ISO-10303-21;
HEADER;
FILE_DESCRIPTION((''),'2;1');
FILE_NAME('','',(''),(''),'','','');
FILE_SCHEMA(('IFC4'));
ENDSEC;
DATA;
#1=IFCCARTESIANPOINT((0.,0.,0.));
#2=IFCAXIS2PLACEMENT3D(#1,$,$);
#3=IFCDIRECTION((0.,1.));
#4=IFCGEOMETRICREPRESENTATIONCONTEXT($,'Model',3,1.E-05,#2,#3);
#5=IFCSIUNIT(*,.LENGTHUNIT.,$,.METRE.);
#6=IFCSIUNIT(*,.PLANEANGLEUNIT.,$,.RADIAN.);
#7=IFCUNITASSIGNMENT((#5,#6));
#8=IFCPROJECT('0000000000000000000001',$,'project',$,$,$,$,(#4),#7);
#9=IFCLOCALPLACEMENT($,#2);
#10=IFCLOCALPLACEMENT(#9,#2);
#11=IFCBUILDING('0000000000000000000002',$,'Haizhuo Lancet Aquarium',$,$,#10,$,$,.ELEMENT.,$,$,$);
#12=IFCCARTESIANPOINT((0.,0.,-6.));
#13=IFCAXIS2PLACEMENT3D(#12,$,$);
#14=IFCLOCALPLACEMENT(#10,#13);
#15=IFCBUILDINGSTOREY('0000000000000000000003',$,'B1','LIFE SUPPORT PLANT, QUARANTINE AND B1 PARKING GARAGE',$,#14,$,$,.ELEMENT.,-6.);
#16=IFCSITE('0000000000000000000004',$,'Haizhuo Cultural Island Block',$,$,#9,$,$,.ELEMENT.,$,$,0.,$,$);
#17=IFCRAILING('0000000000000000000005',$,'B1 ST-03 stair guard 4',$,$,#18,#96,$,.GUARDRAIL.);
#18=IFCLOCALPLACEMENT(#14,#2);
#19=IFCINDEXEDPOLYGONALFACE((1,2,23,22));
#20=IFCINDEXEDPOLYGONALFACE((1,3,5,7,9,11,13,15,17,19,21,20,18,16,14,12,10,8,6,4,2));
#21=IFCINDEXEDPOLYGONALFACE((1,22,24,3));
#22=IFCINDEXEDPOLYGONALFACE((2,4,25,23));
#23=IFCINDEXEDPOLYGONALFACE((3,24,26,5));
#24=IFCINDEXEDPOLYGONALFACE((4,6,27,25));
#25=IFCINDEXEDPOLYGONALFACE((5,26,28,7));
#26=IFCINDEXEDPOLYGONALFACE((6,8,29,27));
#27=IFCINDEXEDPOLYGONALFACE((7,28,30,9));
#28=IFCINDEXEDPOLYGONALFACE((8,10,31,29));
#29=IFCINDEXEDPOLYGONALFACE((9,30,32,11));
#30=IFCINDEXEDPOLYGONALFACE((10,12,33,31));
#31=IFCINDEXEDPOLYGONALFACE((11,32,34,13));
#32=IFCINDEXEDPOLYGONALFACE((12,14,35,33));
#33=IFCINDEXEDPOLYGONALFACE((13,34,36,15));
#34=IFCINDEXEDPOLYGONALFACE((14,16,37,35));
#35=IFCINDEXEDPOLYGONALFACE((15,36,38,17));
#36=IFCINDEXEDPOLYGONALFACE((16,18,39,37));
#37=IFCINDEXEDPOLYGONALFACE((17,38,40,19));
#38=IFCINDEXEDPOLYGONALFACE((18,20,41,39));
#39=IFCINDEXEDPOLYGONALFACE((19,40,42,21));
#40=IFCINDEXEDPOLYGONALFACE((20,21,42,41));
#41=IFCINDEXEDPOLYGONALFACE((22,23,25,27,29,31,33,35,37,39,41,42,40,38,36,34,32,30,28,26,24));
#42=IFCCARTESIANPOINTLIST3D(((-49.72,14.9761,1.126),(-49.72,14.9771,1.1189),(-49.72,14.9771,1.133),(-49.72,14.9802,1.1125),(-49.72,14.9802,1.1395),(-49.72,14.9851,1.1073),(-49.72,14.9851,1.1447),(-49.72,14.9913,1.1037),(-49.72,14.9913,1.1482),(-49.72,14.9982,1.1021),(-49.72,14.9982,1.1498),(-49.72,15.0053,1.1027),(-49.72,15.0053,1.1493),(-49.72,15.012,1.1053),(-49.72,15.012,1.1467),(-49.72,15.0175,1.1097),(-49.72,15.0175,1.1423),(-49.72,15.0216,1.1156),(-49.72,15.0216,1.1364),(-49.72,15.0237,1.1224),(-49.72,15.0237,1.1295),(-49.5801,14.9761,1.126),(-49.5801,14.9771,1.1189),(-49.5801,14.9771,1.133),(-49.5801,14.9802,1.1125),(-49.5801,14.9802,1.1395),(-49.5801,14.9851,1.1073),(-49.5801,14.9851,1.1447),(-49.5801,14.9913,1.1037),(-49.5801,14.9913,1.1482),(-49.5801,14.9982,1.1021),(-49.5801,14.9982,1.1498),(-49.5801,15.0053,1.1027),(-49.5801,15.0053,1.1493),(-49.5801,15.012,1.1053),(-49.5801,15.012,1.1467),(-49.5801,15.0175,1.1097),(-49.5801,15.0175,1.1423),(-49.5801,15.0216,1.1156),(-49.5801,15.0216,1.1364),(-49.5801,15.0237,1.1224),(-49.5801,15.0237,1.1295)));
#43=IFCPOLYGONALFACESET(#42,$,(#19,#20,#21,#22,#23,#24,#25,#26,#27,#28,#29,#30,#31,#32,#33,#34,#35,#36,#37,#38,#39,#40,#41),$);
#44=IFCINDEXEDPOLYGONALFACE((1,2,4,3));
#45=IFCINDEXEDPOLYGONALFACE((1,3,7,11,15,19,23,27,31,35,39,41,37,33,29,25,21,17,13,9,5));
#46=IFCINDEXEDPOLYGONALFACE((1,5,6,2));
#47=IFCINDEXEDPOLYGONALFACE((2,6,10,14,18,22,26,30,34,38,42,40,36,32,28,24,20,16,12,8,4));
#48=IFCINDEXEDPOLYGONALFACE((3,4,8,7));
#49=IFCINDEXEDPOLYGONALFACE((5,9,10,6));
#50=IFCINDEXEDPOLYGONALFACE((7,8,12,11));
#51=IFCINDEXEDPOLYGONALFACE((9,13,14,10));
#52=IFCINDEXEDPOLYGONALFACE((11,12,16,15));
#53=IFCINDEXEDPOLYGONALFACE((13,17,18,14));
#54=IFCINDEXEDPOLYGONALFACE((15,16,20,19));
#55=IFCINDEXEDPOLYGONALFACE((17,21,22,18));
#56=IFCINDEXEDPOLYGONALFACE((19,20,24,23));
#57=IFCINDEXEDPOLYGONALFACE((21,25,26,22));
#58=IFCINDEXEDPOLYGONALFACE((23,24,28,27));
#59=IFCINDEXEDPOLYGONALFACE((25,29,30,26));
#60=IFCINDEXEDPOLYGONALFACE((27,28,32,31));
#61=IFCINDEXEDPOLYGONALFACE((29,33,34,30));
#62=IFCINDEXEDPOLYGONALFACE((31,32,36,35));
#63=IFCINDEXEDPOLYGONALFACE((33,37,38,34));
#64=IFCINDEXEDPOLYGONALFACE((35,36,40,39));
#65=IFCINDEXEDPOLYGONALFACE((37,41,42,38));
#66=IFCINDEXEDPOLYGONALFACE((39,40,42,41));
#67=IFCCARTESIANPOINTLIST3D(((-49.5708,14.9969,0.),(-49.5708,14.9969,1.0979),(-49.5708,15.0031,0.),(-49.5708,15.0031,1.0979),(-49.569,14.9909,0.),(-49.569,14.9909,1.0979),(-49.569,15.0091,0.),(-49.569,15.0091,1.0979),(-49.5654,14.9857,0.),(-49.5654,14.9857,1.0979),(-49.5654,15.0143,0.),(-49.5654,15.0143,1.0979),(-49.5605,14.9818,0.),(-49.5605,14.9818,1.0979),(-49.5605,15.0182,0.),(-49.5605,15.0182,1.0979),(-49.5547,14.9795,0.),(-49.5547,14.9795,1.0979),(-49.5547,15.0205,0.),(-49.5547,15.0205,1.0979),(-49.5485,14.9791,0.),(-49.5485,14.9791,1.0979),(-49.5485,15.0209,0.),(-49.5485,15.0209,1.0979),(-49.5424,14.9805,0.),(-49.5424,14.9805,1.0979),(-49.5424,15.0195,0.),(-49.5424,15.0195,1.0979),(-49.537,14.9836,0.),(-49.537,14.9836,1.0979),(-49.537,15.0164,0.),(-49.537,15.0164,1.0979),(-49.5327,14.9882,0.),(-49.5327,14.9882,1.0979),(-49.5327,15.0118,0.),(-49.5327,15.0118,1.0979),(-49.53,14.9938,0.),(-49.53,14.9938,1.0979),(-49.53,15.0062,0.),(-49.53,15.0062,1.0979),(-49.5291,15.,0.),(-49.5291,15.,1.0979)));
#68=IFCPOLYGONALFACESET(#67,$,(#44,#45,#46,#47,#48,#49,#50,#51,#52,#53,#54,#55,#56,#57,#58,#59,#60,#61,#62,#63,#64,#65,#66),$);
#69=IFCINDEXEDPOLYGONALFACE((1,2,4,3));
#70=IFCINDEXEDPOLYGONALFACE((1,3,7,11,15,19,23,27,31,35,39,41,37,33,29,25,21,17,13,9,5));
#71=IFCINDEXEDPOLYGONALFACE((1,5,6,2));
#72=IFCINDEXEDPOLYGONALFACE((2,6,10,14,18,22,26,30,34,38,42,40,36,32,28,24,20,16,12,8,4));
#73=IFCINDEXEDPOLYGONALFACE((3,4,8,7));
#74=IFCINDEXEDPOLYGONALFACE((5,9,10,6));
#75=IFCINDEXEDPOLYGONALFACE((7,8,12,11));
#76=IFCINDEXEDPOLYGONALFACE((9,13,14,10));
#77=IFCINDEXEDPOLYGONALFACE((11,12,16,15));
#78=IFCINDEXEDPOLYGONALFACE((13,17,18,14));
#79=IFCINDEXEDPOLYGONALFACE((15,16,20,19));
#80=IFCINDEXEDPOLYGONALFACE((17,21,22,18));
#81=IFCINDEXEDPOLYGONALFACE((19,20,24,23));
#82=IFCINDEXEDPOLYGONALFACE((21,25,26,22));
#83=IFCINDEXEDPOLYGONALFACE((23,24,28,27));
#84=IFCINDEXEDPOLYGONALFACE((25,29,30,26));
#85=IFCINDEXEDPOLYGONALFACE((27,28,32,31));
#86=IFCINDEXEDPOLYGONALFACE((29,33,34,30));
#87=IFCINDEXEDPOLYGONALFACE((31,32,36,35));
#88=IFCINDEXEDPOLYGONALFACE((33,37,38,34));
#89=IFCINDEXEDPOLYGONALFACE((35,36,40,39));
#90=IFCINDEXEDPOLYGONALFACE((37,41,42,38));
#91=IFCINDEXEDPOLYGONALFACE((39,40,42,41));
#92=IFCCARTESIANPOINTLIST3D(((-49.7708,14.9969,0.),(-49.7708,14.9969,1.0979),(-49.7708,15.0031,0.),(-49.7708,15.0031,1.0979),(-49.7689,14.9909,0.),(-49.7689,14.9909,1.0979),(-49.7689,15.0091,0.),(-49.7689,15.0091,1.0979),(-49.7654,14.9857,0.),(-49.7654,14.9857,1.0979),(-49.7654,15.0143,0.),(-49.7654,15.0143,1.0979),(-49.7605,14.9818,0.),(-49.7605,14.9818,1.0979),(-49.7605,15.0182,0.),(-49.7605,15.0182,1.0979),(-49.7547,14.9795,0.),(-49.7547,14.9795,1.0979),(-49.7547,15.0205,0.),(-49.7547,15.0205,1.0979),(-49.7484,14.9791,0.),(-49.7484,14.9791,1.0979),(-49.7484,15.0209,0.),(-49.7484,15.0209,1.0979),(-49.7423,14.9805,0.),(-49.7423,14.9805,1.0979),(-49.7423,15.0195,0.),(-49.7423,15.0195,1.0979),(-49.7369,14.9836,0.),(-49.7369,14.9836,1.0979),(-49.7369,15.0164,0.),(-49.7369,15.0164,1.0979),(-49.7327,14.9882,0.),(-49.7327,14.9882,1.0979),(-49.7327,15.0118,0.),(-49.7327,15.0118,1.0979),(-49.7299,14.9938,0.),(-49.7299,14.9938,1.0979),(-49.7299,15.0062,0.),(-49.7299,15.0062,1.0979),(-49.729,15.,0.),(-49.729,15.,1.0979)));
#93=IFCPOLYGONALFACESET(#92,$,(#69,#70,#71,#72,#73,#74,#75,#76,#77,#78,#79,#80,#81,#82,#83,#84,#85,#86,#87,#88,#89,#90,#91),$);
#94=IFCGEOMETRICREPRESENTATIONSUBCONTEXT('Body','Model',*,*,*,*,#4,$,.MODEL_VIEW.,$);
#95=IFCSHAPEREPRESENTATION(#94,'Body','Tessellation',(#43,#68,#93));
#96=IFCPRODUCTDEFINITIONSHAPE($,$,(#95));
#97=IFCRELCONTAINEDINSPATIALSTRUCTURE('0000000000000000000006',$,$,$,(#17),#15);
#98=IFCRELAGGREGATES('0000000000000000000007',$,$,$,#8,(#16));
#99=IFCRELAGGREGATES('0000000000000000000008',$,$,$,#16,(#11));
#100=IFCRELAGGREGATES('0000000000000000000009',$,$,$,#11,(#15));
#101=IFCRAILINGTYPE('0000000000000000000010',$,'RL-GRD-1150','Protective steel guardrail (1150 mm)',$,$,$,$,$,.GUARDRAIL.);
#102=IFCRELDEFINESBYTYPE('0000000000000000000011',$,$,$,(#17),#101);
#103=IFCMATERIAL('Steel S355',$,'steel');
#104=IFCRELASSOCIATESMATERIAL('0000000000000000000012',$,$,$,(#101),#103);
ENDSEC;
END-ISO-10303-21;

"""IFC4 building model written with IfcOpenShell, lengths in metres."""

from ifc_helpers import new_model, si_unit, direction, frame, origin, origin_2d, place, context, subcontext, project, spatial, circle, extrude, material, type_object, element, save


model = new_model("IFC4")

# Units and contexts
model_context = context("Model", 3, precision=1e-05, world=origin(), true_north=direction((0.0, 1.0)))
body_context = subcontext(model_context, "Body", "Model", "MODEL_VIEW")
ifc_project = project(units=[si_unit("LENGTHUNIT", "METRE"), si_unit("PLANEANGLEUNIT", "RADIAN")], contexts=[model_context])

# Site, building, storey
site_placement = place(None, origin())
site = spatial("IfcSite", under=ifc_project, at=site_placement, Name="Haizhuo Cultural Island Block", CompositionType="ELEMENT", RefElevation=0.0)
building_placement = place(site_placement, origin())
building = spatial("IfcBuilding", under=site, at=building_placement, Name="Haizhuo Lancet Aquarium", CompositionType="ELEMENT")
storey_placement = place(building_placement, frame((0.0, 0.0, -6.0)))
storey = spatial("IfcBuildingStorey", under=building, at=storey_placement, Name="B1", Description="LIFE SUPPORT PLANT, QUARANTINE AND B1 PARKING GARAGE", CompositionType="ELEMENT", Elevation=-6.0)

# Shared definitions
ifc_material_1 = material(Name="Steel S355", Category="steel")

# Railing
railing_type_1 = type_object("IfcRailingType", Name="RL-GRD-1150", Description="Protective steel guardrail (1150 mm)", PredefinedType="GUARDRAIL", material=ifc_material_1)
railing_1_placement = place(storey_placement, frame((-49.55, 15.0, 0.0)))
element("IfcRailing", 1, at=railing_1_placement, inside=storey, type_object=railing_type_1, Name="B1 ST-03 stair guard 4", PredefinedType="GUARDRAIL", context=body_context, shape_type="SweptSolid", body=[
    extrude(circle(Radius=0.0239, at=origin_2d()), frame((-0.03, 0.0, 1.126), z_axis=(-1.0, 0.0, 0.0), x_axis=(0.0, -1.0, 0.0)), (0.0, 0.0, 1.0), 0.1399),
    extrude(circle(Radius=0.021, at=origin_2d()), origin(), (0.0, 0.0, 1.0), 1.0979),
    extrude(circle(Radius=0.021, at=origin_2d()), frame((-0.2, 0.0, 0.0)), (0.0, 0.0, 1.0), 1.0979),
])

save(model, "model.ifc")
